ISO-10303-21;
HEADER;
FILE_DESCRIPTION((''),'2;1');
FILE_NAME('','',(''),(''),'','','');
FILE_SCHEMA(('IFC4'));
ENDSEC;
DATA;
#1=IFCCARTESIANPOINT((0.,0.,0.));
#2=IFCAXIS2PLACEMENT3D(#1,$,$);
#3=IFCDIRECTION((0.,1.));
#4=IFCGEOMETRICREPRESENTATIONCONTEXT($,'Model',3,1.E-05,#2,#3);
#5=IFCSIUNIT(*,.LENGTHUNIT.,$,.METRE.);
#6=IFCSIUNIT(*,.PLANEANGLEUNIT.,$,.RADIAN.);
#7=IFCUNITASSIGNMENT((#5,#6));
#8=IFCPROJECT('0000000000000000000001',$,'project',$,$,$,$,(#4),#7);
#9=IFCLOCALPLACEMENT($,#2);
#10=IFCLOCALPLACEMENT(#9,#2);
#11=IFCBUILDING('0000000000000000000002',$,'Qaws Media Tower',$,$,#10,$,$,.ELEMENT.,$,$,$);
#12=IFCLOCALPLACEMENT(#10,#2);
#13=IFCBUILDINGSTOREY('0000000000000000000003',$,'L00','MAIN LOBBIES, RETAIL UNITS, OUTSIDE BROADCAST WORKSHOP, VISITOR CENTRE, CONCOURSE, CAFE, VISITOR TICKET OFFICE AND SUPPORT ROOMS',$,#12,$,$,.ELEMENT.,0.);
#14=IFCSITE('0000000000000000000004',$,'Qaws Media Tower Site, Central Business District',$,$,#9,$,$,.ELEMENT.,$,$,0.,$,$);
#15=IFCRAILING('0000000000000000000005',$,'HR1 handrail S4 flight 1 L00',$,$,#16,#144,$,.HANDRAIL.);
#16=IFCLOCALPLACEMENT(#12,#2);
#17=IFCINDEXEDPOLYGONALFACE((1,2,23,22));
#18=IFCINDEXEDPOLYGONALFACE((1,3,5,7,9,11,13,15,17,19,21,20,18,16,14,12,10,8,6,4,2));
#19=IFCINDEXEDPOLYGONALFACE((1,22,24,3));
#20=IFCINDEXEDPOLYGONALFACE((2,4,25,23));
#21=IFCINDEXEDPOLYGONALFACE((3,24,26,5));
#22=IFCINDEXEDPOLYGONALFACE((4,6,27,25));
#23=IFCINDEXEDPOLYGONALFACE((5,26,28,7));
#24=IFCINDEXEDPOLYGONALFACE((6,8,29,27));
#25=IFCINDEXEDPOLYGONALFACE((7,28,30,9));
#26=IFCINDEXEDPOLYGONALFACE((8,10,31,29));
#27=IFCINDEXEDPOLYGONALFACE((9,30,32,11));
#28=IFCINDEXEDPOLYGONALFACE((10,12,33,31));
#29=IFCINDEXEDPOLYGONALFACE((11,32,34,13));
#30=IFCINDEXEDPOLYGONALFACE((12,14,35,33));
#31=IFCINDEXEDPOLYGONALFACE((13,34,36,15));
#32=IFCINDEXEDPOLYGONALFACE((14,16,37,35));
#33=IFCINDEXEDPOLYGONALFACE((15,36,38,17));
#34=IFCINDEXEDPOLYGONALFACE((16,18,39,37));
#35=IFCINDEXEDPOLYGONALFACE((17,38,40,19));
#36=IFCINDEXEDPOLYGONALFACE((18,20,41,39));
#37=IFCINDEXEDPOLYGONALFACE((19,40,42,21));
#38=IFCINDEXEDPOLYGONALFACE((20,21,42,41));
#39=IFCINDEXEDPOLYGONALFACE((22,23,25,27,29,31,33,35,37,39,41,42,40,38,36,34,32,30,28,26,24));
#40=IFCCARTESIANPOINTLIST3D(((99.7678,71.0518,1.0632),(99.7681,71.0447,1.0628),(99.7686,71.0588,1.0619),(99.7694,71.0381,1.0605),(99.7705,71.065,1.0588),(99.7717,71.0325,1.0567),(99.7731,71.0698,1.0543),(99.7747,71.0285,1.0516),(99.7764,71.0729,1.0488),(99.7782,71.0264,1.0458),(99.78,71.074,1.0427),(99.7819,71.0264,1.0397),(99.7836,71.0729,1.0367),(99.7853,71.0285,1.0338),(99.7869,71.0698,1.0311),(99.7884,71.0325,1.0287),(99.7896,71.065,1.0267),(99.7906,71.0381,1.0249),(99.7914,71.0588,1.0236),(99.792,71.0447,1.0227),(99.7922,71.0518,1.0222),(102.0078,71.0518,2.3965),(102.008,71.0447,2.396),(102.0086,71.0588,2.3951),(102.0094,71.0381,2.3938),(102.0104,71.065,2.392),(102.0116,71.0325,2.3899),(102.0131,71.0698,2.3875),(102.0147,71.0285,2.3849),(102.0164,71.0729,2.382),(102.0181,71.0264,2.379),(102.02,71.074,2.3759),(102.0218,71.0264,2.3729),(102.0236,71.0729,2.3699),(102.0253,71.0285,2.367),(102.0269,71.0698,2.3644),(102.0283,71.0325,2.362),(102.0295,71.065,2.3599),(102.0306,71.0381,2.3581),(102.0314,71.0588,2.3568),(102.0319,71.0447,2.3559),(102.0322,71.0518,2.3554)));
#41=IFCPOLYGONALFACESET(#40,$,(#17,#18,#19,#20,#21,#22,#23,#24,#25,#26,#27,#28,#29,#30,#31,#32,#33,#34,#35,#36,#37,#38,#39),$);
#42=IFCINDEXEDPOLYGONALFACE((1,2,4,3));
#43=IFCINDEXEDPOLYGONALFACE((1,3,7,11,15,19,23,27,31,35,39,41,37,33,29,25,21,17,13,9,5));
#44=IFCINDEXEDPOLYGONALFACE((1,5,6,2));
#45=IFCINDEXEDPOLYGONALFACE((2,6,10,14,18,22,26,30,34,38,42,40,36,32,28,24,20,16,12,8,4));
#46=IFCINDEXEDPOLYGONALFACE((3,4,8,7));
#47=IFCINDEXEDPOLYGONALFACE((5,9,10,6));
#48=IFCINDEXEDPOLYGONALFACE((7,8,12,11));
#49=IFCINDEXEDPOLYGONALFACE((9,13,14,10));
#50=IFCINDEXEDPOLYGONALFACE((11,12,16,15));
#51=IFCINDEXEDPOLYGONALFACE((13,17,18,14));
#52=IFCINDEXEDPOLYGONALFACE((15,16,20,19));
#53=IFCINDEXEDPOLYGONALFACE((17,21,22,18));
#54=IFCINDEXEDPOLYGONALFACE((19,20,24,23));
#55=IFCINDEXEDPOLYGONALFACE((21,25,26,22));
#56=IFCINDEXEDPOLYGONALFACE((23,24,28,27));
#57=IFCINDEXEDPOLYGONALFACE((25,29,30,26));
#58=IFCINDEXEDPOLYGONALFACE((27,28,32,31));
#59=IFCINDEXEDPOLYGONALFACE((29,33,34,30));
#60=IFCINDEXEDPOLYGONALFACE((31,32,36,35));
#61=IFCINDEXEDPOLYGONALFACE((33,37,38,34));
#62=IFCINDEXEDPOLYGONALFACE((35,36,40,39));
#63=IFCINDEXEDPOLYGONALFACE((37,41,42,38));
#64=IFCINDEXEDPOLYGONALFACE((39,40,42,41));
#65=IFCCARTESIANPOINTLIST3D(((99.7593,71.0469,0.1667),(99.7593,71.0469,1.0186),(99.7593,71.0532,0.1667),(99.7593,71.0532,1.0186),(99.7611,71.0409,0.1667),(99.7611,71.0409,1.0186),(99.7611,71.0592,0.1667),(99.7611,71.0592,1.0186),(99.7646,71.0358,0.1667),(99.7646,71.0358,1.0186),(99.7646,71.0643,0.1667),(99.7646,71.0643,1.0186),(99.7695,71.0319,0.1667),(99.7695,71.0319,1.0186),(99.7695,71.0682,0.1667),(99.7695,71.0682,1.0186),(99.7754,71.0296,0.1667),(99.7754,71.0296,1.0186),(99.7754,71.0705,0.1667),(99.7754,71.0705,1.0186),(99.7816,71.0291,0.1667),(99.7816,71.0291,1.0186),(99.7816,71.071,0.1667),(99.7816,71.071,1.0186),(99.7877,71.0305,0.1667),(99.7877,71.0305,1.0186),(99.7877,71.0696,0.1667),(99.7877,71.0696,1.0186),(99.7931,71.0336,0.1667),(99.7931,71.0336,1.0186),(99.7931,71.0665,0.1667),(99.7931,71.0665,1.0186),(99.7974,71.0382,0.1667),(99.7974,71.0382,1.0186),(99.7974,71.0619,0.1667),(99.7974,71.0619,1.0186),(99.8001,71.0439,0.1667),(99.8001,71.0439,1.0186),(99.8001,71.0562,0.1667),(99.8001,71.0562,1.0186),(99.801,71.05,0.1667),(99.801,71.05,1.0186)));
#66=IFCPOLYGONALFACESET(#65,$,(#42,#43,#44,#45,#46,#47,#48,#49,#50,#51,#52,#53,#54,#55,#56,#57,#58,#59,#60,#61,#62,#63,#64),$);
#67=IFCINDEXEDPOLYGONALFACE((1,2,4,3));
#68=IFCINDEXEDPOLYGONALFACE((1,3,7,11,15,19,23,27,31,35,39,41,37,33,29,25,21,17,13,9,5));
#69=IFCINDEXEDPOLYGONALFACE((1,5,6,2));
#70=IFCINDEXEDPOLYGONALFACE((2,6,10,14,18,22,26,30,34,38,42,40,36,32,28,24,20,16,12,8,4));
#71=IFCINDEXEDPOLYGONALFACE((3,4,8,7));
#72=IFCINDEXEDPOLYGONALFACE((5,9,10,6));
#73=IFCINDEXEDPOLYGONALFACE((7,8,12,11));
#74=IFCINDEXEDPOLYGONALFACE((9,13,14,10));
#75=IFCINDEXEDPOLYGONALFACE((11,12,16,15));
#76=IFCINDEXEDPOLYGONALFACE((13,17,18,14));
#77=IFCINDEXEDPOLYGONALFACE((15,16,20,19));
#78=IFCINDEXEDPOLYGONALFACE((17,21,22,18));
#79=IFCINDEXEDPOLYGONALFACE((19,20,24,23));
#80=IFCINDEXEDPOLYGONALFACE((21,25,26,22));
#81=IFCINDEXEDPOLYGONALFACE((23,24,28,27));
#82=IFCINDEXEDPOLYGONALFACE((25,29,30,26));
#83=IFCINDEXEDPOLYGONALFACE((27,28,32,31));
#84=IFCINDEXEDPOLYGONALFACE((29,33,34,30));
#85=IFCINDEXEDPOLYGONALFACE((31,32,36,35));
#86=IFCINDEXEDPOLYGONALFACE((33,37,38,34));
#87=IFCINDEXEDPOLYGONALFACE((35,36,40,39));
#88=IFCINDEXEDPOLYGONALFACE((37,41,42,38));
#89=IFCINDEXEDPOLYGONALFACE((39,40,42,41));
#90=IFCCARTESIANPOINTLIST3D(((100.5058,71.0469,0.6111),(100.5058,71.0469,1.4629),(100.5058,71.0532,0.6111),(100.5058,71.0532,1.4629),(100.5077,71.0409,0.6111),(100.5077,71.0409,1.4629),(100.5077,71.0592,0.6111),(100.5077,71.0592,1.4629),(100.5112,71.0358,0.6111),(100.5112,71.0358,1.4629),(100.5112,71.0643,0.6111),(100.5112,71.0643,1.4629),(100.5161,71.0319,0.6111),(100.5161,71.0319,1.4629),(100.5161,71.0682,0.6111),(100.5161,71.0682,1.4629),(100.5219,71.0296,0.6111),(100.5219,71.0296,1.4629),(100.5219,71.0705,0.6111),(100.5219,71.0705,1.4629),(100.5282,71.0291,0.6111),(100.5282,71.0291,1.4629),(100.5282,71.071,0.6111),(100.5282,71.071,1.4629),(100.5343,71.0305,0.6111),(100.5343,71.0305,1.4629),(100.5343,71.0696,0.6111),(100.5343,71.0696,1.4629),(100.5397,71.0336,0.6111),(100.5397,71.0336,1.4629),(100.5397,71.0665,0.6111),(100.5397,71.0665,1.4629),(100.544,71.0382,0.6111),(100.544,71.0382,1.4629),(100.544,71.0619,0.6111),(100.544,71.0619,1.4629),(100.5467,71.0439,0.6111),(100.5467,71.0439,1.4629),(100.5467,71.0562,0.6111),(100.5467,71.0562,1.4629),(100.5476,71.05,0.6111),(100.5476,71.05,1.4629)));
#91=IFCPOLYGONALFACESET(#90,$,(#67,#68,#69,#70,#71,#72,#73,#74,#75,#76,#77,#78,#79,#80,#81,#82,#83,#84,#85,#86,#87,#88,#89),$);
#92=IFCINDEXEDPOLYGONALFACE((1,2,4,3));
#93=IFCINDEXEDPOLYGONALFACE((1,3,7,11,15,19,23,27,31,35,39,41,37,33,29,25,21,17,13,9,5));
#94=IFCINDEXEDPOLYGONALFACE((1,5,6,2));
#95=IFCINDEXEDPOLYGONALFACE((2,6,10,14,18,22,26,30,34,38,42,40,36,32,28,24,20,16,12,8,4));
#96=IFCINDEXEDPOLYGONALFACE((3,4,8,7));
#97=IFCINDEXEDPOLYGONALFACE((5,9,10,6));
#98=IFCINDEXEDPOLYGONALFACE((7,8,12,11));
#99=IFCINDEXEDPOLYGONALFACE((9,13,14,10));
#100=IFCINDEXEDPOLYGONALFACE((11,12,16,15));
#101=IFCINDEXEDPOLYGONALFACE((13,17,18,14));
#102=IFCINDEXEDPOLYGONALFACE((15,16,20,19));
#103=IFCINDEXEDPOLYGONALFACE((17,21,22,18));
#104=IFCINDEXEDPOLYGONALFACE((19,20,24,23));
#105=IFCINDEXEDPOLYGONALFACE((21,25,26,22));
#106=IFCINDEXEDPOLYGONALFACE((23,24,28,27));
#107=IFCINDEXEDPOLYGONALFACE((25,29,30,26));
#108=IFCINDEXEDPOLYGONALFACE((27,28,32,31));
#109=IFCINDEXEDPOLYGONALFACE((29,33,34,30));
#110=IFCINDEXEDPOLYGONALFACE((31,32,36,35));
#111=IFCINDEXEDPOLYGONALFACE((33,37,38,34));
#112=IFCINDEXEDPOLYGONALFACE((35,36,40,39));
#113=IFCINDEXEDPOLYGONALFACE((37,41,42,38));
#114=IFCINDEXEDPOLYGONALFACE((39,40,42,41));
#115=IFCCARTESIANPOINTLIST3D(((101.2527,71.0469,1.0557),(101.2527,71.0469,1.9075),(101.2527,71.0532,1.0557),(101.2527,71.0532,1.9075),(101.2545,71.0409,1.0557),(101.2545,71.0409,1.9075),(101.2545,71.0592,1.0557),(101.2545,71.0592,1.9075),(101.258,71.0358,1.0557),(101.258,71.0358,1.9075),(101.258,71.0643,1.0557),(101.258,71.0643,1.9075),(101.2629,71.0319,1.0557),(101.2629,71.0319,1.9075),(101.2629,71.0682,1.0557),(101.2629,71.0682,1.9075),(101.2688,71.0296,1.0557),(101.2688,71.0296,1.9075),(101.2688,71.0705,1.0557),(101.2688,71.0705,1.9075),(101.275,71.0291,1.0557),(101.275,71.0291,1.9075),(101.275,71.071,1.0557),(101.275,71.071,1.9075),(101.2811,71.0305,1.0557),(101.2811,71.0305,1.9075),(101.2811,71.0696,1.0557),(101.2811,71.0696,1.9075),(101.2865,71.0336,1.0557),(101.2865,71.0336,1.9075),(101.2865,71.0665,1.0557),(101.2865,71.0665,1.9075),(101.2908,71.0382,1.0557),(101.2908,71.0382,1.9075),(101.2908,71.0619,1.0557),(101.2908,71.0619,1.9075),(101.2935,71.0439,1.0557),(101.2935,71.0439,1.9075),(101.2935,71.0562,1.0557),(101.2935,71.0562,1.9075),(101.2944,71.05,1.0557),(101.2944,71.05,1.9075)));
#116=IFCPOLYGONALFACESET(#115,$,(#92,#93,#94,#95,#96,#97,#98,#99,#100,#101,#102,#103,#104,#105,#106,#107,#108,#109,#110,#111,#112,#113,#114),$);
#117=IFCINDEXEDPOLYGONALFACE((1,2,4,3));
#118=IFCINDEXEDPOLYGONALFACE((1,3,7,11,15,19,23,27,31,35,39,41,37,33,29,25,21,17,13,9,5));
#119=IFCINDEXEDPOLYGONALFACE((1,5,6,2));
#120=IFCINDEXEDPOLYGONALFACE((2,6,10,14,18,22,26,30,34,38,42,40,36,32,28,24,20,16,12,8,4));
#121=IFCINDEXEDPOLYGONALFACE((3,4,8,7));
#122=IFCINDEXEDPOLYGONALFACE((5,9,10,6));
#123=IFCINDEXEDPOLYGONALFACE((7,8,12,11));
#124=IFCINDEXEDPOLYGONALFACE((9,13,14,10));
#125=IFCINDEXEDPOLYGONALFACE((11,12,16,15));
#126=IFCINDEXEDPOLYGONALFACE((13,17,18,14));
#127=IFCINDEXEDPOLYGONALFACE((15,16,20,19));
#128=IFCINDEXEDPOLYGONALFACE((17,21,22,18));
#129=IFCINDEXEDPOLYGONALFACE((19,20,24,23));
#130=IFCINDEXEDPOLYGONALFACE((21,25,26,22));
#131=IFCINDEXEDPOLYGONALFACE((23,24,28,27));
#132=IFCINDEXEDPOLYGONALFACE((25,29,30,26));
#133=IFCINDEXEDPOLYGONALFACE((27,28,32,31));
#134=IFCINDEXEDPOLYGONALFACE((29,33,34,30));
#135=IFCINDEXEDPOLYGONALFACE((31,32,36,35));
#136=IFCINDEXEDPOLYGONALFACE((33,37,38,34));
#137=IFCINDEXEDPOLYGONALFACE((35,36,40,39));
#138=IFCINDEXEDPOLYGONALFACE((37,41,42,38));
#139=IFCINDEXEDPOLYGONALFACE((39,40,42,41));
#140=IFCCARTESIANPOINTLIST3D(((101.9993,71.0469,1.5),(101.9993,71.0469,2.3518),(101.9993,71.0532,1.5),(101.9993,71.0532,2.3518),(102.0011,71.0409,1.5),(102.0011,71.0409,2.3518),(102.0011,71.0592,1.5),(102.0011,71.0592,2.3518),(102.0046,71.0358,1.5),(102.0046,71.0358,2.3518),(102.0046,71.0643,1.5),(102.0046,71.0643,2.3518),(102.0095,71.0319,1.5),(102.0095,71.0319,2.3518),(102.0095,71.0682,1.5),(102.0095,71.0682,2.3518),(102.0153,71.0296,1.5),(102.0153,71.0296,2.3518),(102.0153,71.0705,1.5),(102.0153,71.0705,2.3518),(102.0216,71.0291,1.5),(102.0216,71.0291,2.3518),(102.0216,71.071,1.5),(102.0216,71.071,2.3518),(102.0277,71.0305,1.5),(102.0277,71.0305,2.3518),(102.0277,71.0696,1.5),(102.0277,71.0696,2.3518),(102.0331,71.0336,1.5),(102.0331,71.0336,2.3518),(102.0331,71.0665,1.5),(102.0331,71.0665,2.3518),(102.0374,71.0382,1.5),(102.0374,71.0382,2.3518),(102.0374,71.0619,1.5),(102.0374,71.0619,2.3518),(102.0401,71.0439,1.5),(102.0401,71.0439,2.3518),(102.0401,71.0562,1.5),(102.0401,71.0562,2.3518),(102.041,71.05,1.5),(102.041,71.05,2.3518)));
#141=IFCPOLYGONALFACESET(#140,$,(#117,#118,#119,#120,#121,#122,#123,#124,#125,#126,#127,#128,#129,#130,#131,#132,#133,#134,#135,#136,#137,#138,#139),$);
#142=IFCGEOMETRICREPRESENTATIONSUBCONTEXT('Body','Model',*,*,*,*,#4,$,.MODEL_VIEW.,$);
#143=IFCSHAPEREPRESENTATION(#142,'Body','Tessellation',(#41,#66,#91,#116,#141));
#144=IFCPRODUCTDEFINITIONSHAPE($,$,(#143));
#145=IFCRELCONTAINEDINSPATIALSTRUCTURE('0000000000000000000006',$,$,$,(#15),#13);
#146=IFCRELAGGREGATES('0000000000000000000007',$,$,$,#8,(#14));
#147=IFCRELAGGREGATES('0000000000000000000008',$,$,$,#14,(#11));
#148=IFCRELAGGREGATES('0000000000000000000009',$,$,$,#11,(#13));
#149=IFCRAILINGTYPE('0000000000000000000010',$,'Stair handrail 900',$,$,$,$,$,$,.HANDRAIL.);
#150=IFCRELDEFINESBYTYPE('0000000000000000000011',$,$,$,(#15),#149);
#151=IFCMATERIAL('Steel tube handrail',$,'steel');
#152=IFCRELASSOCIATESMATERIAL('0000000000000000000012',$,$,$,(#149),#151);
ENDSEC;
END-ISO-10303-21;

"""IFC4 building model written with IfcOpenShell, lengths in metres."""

from ifc_helpers import new_model, si_unit, direction, frame, origin, origin_2d, place, context, subcontext, project, spatial, circle, extrude, material, type_object, element, save


model = new_model("IFC4")

# Units and contexts
model_context = context("Model", 3, precision=1e-05, world=origin(), true_north=direction((0.0, 1.0)))
body_context = subcontext(model_context, "Body", "Model", "MODEL_VIEW")
ifc_project = project(units=[si_unit("LENGTHUNIT", "METRE"), si_unit("PLANEANGLEUNIT", "RADIAN")], contexts=[model_context])

# Site, building, storey
site_placement = place(None, origin())
site = spatial("IfcSite", under=ifc_project, at=site_placement, Name="Qaws Media Tower Site, Central Business District", CompositionType="ELEMENT", RefElevation=0.0)
building_placement = place(site_placement, origin())
building = spatial("IfcBuilding", under=site, at=building_placement, Name="Qaws Media Tower", CompositionType="ELEMENT")
storey_placement = place(building_placement, origin())
storey = spatial("IfcBuildingStorey", under=building, at=storey_placement, Name="L00", Description="MAIN LOBBIES, RETAIL UNITS, OUTSIDE BROADCAST WORKSHOP, VISITOR CENTRE, CONCOURSE, CAFE, VISITOR TICKET OFFICE AND SUPPORT ROOMS", CompositionType="ELEMENT", Elevation=0.0)

# Railing
ifc_material_1 = material(Name="Steel tube handrail", Category="steel")
railing_type = type_object("IfcRailingType", Name="Stair handrail 900", PredefinedType="HANDRAIL", material=ifc_material_1)
for number, where, name in (
    (1, (99.78, 71.05, 0.1667), "HR1 handrail S4 flight 1 L00"),
):
    element("IfcRailing", number, at=place(storey_placement, frame(where)), inside=storey, type_object=railing_type, Name=name, PredefinedType="HANDRAIL", context=body_context, shape_type="SweptSolid", body=[
        extrude(circle(Radius=0.0239, at=origin_2d()), frame((0.0, 0.0, 0.876), z_axis=(0.859306, 0.0, 0.511462), x_axis=(0.0, 1.0, 0.0)), (0.0, 0.0, 1.0), 2.6067),
        extrude(circle(Radius=0.021, at=origin_2d()), origin(), (0.0, 0.0, 1.0), 0.8518),
        extrude(circle(Radius=0.021, at=origin_2d()), frame((0.7466, 0.0, 0.4443)), (0.0, 0.0, 1.0), 0.8518),
        extrude(circle(Radius=0.021, at=origin_2d()), frame((1.4934, 0.0, 0.8889)), (0.0, 0.0, 1.0), 0.8518),
        extrude(circle(Radius=0.021, at=origin_2d()), frame((2.24, 0.0, 1.3333)), (0.0, 0.0, 1.0), 0.8518),
    ])

save(model, "model.ifc")
